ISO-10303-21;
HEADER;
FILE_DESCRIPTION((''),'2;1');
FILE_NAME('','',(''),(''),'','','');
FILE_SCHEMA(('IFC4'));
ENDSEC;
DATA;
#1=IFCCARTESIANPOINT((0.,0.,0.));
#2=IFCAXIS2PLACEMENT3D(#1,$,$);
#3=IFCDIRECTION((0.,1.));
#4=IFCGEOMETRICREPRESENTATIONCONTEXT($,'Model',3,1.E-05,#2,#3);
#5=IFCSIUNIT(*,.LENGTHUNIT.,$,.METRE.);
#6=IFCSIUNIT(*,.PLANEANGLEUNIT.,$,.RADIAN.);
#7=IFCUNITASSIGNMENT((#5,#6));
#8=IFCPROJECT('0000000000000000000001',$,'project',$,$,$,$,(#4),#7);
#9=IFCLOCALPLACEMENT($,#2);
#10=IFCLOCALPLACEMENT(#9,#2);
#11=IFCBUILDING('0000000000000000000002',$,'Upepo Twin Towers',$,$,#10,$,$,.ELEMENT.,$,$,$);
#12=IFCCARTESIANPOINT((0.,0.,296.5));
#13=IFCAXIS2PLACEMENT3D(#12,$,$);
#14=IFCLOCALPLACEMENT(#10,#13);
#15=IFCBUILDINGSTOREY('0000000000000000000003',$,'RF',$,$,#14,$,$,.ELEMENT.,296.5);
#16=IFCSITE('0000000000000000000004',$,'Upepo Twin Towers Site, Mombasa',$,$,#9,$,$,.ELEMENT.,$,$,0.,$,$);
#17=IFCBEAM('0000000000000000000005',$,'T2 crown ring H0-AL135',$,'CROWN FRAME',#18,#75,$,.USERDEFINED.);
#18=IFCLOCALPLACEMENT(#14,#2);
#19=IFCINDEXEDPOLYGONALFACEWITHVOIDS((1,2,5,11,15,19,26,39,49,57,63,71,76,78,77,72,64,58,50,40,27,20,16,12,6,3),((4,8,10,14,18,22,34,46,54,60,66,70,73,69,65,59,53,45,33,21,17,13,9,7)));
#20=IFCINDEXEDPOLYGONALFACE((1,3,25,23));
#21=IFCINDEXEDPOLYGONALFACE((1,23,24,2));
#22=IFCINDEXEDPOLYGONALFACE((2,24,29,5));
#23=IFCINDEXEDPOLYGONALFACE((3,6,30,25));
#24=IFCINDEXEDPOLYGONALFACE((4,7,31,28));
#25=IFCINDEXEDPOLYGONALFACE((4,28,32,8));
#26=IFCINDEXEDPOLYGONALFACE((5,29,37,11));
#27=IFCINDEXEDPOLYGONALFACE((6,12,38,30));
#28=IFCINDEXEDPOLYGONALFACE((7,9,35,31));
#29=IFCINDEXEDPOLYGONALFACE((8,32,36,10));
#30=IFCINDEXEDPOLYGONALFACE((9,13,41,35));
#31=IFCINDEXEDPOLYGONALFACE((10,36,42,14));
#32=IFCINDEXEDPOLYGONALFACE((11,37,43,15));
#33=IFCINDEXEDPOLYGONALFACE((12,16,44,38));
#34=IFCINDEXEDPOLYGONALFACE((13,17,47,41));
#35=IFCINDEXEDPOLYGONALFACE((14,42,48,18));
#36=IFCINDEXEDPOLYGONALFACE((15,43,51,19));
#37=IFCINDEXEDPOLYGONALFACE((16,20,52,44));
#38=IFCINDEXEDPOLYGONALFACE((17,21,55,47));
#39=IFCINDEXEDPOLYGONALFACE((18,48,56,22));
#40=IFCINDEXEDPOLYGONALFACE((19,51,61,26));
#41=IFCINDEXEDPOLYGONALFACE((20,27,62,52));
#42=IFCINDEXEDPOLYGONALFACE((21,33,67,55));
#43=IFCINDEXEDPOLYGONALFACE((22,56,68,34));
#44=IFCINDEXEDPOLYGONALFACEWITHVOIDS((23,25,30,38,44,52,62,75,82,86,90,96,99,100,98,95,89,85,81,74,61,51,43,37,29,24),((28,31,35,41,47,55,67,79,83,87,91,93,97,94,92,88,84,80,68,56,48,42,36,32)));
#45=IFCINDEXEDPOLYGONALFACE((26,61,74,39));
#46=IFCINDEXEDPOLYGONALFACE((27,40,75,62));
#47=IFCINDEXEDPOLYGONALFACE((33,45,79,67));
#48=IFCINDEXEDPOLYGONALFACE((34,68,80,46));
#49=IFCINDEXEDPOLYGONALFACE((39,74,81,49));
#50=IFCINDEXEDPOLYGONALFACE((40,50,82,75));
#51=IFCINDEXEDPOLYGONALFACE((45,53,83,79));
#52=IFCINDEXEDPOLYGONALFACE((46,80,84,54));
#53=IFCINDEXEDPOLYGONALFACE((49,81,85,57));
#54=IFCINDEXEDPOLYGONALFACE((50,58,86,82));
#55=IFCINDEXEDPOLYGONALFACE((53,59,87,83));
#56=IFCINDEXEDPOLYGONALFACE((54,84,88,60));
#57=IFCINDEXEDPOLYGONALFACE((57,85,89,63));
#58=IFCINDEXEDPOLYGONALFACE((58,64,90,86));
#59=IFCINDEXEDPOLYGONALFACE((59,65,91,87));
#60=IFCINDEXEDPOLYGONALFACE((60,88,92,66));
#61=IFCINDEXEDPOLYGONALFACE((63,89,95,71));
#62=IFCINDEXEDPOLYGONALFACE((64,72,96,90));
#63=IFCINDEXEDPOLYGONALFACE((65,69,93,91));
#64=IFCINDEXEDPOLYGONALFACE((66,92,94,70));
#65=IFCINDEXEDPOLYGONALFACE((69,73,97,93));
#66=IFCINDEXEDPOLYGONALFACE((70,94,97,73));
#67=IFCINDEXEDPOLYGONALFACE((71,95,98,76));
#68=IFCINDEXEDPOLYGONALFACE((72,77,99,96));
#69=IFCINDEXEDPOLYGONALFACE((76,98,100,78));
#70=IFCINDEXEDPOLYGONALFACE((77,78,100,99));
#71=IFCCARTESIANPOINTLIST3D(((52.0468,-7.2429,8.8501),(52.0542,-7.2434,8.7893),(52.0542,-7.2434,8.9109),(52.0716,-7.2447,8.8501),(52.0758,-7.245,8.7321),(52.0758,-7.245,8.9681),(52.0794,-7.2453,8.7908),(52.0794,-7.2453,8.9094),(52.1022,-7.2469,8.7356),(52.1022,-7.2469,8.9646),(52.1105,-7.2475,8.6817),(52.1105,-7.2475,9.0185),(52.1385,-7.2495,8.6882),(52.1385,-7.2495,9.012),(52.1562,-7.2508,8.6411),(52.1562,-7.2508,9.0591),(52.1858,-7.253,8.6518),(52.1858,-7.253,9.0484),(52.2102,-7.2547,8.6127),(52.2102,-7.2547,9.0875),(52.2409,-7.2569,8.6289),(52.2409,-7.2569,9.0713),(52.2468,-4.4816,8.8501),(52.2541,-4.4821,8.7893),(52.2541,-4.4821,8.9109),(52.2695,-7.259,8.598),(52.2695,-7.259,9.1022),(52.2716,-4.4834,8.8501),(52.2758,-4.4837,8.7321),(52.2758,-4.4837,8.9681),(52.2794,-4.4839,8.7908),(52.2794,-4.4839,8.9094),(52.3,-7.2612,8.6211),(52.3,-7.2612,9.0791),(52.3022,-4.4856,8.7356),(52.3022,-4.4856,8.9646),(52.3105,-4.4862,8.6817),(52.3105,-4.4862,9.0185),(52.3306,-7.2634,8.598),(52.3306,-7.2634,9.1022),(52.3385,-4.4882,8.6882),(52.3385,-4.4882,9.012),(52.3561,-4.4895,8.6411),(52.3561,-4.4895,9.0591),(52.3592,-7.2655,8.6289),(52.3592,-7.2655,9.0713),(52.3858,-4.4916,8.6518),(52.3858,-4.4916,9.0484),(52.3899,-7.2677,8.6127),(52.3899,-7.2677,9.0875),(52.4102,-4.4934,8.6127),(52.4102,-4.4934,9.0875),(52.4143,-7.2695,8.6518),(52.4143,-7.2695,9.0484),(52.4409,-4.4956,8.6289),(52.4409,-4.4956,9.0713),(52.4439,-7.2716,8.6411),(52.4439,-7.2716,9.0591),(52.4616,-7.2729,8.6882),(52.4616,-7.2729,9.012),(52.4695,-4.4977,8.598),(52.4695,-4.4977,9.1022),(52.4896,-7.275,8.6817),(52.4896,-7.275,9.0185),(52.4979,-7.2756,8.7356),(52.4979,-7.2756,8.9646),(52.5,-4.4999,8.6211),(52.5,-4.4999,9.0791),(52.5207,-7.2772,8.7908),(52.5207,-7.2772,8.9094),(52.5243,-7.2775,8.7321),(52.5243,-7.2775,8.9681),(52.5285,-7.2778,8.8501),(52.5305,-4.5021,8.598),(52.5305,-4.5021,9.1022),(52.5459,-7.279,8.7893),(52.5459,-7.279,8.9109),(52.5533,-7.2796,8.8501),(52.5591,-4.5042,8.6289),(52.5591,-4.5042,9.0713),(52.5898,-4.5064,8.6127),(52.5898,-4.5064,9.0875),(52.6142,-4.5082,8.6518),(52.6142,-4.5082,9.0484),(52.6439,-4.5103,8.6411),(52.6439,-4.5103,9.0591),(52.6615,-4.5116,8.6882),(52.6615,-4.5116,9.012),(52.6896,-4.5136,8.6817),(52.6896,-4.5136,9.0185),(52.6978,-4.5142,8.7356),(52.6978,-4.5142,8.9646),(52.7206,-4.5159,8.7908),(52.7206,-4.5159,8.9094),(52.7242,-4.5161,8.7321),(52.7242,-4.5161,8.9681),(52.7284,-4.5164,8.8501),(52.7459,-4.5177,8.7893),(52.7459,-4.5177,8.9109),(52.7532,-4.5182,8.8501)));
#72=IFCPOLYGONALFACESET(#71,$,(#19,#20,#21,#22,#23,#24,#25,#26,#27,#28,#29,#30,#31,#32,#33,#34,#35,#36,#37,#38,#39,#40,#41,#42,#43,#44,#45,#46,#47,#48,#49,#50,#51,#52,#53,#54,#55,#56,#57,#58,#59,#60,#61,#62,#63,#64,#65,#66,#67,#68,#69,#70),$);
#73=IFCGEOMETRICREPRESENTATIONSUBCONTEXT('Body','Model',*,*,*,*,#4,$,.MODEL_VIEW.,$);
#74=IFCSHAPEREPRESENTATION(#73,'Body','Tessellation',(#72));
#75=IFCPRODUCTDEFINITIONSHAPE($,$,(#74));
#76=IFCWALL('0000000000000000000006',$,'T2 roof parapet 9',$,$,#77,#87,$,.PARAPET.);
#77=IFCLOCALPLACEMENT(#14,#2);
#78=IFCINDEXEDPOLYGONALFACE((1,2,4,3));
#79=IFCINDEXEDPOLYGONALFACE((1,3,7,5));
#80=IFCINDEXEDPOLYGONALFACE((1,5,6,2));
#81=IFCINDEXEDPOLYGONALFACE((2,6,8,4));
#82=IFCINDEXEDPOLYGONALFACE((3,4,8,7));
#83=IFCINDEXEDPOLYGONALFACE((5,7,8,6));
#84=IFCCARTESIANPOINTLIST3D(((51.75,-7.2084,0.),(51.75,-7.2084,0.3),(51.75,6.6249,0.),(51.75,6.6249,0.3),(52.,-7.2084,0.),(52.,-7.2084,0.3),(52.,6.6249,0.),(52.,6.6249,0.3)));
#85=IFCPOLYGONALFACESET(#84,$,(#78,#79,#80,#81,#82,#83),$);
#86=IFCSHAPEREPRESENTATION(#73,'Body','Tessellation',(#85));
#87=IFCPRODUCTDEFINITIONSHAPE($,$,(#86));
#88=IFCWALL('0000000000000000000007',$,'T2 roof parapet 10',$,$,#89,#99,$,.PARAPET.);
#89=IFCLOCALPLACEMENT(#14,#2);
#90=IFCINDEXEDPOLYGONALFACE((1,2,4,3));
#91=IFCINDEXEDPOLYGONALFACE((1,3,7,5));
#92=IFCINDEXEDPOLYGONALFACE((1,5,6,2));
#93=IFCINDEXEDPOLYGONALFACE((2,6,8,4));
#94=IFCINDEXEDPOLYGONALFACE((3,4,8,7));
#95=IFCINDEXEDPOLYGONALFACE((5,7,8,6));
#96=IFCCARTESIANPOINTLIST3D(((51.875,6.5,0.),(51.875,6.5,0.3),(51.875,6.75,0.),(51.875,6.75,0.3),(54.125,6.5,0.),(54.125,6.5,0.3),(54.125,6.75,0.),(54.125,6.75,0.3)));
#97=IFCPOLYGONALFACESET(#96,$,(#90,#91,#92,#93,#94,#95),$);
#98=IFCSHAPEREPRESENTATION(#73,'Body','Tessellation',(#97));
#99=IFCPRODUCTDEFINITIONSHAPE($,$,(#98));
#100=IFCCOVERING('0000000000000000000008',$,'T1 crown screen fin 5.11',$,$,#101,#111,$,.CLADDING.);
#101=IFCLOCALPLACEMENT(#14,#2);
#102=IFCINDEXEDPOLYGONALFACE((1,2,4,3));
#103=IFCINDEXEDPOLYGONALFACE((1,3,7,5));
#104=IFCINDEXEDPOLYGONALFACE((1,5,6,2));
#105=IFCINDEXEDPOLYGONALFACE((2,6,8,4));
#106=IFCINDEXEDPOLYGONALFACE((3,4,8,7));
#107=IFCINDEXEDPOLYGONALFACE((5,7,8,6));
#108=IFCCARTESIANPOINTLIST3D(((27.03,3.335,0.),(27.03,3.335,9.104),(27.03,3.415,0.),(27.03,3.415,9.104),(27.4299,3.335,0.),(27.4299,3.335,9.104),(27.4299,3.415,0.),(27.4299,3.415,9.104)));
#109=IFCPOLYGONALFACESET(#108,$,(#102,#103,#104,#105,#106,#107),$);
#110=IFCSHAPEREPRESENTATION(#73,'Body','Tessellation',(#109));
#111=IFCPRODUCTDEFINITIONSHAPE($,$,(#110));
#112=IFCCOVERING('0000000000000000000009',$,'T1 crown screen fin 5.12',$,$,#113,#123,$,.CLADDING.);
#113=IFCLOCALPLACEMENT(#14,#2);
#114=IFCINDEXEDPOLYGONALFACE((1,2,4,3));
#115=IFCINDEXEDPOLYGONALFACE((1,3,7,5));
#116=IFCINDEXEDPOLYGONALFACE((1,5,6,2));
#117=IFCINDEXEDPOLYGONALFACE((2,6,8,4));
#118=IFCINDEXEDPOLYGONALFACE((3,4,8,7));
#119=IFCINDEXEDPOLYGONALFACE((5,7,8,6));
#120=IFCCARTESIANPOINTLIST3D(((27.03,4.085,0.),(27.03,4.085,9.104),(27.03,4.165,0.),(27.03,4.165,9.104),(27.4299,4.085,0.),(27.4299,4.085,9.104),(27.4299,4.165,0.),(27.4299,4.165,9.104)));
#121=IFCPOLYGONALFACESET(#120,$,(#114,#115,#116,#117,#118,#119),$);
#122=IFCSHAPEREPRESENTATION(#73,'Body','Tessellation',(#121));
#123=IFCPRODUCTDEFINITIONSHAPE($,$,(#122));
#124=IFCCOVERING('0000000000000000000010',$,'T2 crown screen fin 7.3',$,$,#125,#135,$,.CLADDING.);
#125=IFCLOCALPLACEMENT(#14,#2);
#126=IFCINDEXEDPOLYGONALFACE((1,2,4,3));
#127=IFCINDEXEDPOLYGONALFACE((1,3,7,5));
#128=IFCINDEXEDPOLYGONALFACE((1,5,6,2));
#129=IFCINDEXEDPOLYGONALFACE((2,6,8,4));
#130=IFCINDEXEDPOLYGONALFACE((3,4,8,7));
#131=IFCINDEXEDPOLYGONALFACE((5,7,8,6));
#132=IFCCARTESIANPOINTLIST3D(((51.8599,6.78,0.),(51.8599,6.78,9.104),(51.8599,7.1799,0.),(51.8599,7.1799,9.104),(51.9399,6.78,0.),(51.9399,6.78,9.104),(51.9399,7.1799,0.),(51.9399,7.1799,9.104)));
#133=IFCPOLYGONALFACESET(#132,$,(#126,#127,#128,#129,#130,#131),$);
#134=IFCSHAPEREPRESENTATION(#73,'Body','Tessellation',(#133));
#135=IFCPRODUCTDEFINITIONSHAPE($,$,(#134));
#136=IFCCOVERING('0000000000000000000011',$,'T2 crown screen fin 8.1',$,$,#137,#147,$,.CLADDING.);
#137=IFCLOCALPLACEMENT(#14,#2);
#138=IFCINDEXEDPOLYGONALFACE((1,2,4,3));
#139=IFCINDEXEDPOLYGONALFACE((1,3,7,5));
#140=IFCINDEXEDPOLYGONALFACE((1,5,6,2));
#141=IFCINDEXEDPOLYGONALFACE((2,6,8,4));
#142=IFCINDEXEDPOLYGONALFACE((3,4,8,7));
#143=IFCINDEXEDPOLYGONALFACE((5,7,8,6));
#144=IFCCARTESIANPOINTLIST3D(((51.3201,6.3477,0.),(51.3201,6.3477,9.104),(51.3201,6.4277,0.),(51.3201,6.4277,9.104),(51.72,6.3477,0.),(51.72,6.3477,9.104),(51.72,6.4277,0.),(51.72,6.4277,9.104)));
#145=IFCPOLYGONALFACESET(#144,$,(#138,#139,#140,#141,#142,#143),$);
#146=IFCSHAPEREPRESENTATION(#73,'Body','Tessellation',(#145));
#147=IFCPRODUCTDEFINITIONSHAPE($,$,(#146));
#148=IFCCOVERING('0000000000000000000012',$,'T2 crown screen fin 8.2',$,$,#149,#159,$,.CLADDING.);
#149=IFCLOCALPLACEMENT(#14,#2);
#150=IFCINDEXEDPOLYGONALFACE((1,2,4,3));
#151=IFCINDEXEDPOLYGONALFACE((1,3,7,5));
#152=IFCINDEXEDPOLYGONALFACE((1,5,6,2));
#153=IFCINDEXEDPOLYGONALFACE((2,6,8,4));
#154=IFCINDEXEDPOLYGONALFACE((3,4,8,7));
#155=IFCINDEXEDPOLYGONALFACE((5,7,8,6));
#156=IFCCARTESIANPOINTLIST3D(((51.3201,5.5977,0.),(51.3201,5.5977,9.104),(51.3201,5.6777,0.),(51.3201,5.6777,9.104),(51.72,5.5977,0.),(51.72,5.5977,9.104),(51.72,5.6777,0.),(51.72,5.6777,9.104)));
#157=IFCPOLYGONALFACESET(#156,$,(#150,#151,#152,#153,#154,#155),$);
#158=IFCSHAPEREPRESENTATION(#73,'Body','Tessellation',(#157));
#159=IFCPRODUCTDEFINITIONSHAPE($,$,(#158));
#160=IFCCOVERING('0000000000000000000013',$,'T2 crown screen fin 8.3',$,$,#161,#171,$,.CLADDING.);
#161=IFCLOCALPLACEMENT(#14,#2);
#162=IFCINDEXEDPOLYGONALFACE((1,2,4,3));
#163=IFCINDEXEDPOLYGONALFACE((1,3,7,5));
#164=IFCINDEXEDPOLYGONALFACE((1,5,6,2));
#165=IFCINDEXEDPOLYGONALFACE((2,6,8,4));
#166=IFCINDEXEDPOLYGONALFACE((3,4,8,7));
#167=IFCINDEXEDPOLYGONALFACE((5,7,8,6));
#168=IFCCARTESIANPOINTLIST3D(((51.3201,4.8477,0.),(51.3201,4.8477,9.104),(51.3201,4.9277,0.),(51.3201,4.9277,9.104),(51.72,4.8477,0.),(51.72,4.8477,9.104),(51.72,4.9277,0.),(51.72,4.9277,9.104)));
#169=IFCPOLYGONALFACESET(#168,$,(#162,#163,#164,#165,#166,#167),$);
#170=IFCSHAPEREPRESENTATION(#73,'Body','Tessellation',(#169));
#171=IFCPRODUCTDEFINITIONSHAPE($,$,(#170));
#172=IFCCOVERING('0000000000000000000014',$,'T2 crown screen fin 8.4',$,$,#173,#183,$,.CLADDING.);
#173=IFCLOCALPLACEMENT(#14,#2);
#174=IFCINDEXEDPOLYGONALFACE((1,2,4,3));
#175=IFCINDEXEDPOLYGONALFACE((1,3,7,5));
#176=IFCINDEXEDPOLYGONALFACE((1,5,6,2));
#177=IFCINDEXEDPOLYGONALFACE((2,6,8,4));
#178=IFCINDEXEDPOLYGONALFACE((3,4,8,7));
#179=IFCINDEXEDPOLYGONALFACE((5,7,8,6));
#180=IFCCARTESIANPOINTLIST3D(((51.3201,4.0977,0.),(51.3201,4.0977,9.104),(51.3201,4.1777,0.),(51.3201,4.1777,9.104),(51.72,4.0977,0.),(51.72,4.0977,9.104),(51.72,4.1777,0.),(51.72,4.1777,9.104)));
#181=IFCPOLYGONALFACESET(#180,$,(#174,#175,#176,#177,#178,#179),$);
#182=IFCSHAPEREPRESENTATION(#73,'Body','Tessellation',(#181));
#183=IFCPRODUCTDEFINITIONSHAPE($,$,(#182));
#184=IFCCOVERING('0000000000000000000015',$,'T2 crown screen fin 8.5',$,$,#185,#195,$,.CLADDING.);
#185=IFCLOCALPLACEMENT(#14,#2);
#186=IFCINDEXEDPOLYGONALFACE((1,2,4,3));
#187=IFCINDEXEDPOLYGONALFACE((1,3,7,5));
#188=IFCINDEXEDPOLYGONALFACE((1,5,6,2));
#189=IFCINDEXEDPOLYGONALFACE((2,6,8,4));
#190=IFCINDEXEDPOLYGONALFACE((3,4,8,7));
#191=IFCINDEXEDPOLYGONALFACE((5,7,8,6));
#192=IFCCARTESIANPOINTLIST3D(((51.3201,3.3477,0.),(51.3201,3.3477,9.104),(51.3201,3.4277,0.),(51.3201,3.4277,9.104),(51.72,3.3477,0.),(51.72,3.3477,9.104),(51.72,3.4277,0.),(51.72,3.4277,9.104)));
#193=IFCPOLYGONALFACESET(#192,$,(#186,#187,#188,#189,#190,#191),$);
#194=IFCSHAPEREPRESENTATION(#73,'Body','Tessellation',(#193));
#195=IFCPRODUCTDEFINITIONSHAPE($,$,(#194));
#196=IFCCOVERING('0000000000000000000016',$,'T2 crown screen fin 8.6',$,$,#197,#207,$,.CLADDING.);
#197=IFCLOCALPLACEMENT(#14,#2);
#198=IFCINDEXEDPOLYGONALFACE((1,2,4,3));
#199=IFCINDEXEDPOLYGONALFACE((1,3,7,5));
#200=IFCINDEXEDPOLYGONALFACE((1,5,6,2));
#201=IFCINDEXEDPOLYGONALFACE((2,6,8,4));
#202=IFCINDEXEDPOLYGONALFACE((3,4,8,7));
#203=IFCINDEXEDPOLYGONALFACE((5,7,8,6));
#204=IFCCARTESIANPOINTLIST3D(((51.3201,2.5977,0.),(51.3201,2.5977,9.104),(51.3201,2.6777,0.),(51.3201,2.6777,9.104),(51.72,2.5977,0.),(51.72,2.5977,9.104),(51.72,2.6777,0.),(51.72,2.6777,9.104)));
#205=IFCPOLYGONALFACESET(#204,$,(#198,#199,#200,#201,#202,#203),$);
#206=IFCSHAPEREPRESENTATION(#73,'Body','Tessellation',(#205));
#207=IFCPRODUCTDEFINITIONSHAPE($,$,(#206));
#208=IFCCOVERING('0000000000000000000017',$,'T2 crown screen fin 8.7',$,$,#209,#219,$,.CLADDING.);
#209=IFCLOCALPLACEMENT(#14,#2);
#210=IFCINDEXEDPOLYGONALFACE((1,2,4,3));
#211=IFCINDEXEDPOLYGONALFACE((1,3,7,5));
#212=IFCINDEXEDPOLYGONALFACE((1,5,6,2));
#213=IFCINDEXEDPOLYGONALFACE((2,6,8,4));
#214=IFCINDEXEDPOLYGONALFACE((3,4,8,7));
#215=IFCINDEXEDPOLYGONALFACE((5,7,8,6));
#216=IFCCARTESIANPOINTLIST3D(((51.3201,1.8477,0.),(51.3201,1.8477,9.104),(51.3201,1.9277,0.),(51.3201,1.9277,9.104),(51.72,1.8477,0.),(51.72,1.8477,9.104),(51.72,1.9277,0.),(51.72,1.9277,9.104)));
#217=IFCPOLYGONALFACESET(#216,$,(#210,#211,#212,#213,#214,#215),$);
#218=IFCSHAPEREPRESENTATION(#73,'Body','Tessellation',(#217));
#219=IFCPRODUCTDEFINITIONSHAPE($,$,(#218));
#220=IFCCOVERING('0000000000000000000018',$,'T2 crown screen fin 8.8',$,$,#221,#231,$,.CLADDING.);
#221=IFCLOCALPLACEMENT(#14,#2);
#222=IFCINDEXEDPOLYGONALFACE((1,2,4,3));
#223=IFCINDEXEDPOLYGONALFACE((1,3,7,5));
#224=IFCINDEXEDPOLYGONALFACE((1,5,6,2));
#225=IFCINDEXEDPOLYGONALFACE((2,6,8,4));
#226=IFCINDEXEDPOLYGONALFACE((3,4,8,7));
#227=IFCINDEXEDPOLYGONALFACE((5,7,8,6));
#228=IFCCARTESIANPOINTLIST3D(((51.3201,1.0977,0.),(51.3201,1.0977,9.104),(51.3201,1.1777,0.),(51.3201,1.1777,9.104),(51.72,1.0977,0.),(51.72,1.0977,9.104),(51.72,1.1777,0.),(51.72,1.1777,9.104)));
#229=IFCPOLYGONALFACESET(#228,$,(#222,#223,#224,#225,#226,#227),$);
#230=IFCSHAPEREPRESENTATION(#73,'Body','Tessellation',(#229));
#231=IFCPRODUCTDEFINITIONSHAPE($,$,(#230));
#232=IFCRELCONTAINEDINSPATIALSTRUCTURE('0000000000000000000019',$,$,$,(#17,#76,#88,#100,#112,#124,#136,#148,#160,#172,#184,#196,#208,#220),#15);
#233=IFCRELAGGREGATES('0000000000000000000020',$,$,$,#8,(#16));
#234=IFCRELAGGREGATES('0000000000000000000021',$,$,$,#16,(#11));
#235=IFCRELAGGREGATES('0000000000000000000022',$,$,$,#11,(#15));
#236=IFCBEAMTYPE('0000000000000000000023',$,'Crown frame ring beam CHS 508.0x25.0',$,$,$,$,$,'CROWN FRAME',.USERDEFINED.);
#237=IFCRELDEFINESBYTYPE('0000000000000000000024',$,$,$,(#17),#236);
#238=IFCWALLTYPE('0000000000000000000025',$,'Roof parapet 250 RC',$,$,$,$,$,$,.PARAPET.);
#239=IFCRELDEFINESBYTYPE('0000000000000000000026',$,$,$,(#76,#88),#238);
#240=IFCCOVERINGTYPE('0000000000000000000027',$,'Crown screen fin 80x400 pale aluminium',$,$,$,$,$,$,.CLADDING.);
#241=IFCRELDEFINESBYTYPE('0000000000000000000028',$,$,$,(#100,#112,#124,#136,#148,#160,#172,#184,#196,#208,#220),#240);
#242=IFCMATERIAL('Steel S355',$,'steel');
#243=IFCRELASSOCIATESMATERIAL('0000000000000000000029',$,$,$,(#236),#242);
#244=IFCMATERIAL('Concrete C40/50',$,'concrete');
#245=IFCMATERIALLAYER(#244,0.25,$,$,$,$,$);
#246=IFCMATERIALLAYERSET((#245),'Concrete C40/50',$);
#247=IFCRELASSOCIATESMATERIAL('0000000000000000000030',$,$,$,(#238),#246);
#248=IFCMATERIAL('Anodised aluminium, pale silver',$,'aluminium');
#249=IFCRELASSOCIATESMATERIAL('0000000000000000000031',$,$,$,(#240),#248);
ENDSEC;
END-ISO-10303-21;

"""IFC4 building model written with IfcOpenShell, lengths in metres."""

from ifc_helpers import new_model, si_unit, direction, frame, frame_2d, origin, origin_2d, place, context, subcontext, project, spatial, rectangle, hollow_circle, extrude, material, layer, layer_set, material_profile, profile_set, type_object, element, save


model = new_model("IFC4")

# Units and contexts
model_context = context("Model", 3, precision=1e-05, world=origin(), true_north=direction((0.0, 1.0)))
body_context = subcontext(model_context, "Body", "Model", "MODEL_VIEW")
ifc_project = project(units=[si_unit("LENGTHUNIT", "METRE"), si_unit("PLANEANGLEUNIT", "RADIAN")], contexts=[model_context])

# Site, building, storey
site_placement = place(None, origin())
site = spatial("IfcSite", under=ifc_project, at=site_placement, Name="Upepo Twin Towers Site, Mombasa", CompositionType="ELEMENT", RefElevation=0.0)
building_placement = place(site_placement, origin())
building = spatial("IfcBuilding", under=site, at=building_placement, Name="Upepo Twin Towers", CompositionType="ELEMENT")
storey_placement = place(building_placement, frame((0.0, 0.0, 296.5)))
storey = spatial("IfcBuildingStorey", under=building, at=storey_placement, Name="RF", CompositionType="ELEMENT", Elevation=296.5)

# Beam
ifc_material_1 = material(Name="Steel S355", Category="steel")
ifc_material_profile_1 = material_profile(ifc_material_1, hollow_circle(Radius=0.2539, WallThickness=0.0249, at=origin_2d()), Name="CHS 508.0x25.0")
ifc_profile_set_1 = profile_set([ifc_material_profile_1], Name="Steel S355")
beam_type = type_object("IfcBeamType", Name="Crown frame ring beam CHS 508.0x25.0", ElementType="CROWN FRAME", PredefinedType="USERDEFINED", material=ifc_profile_set_1)
beam_1_placement = place(storey_placement, frame((52.3, -7.2612, 8.8501), z_axis=(0.072225, 0.997388, 0.0), x_axis=(-0.997388, 0.072225, 0.0)))
element("IfcBeam", 1, at=beam_1_placement, inside=storey, type_object=beam_type, Name="T2 crown ring H0-AL135", ObjectType="CROWN FRAME", PredefinedType="USERDEFINED", context=body_context, shape_type="SweptSolid", body=[
    extrude(hollow_circle(Radius=0.2539, WallThickness=0.0249, at=origin_2d()), origin(), (0.0, 0.0, 1.0), 2.7686),
])

# Walls
ifc_material_2 = material(Name="Concrete C40/50", Category="concrete")
ifc_layer_1 = layer(ifc_material_2, 0.25)
ifc_layer_set_1 = layer_set([ifc_layer_1], Name="Concrete C40/50")
wall_type = type_object("IfcWallType", Name="Roof parapet 250 RC", PredefinedType="PARAPET", material=ifc_layer_set_1)
wall_1_placement = place(storey_placement, frame((51.875, -7.2083, 0.0), z_axis=(0.0, 0.0, 1.0), x_axis=(0.0, 1.0, 0.0)))
element("IfcWall", 2, at=wall_1_placement, inside=storey, type_object=wall_type, Name="T2 roof parapet 9", PredefinedType="PARAPET", context=body_context, shape_type="SweptSolid", body=[
    extrude(rectangle(XDim=13.8333, YDim=0.25, at=frame_2d((6.9165, 0.0))), origin(), (0.0, 0.0, 1.0), 0.3),
])
wall_2_placement = place(storey_placement, frame((51.875, 6.625, 0.0), z_axis=(0.0, 0.0, 1.0), x_axis=(1.0, 0.0, 0.0)))
element("IfcWall", 3, at=wall_2_placement, inside=storey, type_object=wall_type, Name="T2 roof parapet 10", PredefinedType="PARAPET", context=body_context, shape_type="SweptSolid", body=[
    extrude(rectangle(XDim=2.25, YDim=0.25, at=frame_2d((1.125, 0.0))), origin(), (0.0, 0.0, 1.0), 0.3),
])

# Coverings
ifc_material_3 = material(Name="Anodised aluminium, pale silver", Category="aluminium")
covering_type_1 = type_object("IfcCoveringType", Name="Crown screen fin 80x400 pale aluminium", PredefinedType="CLADDING", material=ifc_material_3)
for number, where, z_axis, x_axis, name in (
    (4, (27.23, 3.375, 0.0), (0.0, 0.0, 1.0), (0.0, 1.0, 0.0), "T1 crown screen fin 5.11"),
    (5, (27.23, 4.125, 0.0), (0.0, 0.0, 1.0), (0.0, 1.0, 0.0), "T1 crown screen fin 5.12"),
    (6, (51.8999, 6.98, 0.0), (0.0, 0.0, 1.0), (-1.0, 0.0, 0.0), "T2 crown screen fin 7.3"),
    (7, (51.52, 6.3877, 0.0), (0.0, 0.0, 1.0), (0.0, -1.0, 0.0), "T2 crown screen fin 8.1"),
    (8, (51.52, 5.6377, 0.0), (0.0, 0.0, 1.0), (0.0, -1.0, 0.0), "T2 crown screen fin 8.2"),
    (9, (51.52, 4.8877, 0.0), (0.0, 0.0, 1.0), (0.0, -1.0, 0.0), "T2 crown screen fin 8.3"),
    (10, (51.52, 4.1377, 0.0), (0.0, 0.0, 1.0), (0.0, -1.0, 0.0), "T2 crown screen fin 8.4"),
    (11, (51.52, 3.3877, 0.0), (0.0, 0.0, 1.0), (0.0, -1.0, 0.0), "T2 crown screen fin 8.5"),
    (12, (51.52, 2.6377, 0.0), (0.0, 0.0, 1.0), (0.0, -1.0, 0.0), "T2 crown screen fin 8.6"),
    (13, (51.52, 1.8877, 0.0), (0.0, 0.0, 1.0), (0.0, -1.0, 0.0), "T2 crown screen fin 8.7"),
    (14, (51.52, 1.1377, 0.0), (0.0, 0.0, 1.0), (0.0, -1.0, 0.0), "T2 crown screen fin 8.8"),
):
    element("IfcCovering", number, at=place(storey_placement, frame(where, z_axis=z_axis, x_axis=x_axis)), inside=storey, type_object=covering_type_1, Name=name, PredefinedType="CLADDING", context=body_context, shape_type="SweptSolid", body=[
        extrude(rectangle(XDim=0.0801, YDim=0.3999, at=origin_2d()), origin(), (0.0, 0.0, 1.0), 9.104),
    ])

save(model, "model.ifc")
